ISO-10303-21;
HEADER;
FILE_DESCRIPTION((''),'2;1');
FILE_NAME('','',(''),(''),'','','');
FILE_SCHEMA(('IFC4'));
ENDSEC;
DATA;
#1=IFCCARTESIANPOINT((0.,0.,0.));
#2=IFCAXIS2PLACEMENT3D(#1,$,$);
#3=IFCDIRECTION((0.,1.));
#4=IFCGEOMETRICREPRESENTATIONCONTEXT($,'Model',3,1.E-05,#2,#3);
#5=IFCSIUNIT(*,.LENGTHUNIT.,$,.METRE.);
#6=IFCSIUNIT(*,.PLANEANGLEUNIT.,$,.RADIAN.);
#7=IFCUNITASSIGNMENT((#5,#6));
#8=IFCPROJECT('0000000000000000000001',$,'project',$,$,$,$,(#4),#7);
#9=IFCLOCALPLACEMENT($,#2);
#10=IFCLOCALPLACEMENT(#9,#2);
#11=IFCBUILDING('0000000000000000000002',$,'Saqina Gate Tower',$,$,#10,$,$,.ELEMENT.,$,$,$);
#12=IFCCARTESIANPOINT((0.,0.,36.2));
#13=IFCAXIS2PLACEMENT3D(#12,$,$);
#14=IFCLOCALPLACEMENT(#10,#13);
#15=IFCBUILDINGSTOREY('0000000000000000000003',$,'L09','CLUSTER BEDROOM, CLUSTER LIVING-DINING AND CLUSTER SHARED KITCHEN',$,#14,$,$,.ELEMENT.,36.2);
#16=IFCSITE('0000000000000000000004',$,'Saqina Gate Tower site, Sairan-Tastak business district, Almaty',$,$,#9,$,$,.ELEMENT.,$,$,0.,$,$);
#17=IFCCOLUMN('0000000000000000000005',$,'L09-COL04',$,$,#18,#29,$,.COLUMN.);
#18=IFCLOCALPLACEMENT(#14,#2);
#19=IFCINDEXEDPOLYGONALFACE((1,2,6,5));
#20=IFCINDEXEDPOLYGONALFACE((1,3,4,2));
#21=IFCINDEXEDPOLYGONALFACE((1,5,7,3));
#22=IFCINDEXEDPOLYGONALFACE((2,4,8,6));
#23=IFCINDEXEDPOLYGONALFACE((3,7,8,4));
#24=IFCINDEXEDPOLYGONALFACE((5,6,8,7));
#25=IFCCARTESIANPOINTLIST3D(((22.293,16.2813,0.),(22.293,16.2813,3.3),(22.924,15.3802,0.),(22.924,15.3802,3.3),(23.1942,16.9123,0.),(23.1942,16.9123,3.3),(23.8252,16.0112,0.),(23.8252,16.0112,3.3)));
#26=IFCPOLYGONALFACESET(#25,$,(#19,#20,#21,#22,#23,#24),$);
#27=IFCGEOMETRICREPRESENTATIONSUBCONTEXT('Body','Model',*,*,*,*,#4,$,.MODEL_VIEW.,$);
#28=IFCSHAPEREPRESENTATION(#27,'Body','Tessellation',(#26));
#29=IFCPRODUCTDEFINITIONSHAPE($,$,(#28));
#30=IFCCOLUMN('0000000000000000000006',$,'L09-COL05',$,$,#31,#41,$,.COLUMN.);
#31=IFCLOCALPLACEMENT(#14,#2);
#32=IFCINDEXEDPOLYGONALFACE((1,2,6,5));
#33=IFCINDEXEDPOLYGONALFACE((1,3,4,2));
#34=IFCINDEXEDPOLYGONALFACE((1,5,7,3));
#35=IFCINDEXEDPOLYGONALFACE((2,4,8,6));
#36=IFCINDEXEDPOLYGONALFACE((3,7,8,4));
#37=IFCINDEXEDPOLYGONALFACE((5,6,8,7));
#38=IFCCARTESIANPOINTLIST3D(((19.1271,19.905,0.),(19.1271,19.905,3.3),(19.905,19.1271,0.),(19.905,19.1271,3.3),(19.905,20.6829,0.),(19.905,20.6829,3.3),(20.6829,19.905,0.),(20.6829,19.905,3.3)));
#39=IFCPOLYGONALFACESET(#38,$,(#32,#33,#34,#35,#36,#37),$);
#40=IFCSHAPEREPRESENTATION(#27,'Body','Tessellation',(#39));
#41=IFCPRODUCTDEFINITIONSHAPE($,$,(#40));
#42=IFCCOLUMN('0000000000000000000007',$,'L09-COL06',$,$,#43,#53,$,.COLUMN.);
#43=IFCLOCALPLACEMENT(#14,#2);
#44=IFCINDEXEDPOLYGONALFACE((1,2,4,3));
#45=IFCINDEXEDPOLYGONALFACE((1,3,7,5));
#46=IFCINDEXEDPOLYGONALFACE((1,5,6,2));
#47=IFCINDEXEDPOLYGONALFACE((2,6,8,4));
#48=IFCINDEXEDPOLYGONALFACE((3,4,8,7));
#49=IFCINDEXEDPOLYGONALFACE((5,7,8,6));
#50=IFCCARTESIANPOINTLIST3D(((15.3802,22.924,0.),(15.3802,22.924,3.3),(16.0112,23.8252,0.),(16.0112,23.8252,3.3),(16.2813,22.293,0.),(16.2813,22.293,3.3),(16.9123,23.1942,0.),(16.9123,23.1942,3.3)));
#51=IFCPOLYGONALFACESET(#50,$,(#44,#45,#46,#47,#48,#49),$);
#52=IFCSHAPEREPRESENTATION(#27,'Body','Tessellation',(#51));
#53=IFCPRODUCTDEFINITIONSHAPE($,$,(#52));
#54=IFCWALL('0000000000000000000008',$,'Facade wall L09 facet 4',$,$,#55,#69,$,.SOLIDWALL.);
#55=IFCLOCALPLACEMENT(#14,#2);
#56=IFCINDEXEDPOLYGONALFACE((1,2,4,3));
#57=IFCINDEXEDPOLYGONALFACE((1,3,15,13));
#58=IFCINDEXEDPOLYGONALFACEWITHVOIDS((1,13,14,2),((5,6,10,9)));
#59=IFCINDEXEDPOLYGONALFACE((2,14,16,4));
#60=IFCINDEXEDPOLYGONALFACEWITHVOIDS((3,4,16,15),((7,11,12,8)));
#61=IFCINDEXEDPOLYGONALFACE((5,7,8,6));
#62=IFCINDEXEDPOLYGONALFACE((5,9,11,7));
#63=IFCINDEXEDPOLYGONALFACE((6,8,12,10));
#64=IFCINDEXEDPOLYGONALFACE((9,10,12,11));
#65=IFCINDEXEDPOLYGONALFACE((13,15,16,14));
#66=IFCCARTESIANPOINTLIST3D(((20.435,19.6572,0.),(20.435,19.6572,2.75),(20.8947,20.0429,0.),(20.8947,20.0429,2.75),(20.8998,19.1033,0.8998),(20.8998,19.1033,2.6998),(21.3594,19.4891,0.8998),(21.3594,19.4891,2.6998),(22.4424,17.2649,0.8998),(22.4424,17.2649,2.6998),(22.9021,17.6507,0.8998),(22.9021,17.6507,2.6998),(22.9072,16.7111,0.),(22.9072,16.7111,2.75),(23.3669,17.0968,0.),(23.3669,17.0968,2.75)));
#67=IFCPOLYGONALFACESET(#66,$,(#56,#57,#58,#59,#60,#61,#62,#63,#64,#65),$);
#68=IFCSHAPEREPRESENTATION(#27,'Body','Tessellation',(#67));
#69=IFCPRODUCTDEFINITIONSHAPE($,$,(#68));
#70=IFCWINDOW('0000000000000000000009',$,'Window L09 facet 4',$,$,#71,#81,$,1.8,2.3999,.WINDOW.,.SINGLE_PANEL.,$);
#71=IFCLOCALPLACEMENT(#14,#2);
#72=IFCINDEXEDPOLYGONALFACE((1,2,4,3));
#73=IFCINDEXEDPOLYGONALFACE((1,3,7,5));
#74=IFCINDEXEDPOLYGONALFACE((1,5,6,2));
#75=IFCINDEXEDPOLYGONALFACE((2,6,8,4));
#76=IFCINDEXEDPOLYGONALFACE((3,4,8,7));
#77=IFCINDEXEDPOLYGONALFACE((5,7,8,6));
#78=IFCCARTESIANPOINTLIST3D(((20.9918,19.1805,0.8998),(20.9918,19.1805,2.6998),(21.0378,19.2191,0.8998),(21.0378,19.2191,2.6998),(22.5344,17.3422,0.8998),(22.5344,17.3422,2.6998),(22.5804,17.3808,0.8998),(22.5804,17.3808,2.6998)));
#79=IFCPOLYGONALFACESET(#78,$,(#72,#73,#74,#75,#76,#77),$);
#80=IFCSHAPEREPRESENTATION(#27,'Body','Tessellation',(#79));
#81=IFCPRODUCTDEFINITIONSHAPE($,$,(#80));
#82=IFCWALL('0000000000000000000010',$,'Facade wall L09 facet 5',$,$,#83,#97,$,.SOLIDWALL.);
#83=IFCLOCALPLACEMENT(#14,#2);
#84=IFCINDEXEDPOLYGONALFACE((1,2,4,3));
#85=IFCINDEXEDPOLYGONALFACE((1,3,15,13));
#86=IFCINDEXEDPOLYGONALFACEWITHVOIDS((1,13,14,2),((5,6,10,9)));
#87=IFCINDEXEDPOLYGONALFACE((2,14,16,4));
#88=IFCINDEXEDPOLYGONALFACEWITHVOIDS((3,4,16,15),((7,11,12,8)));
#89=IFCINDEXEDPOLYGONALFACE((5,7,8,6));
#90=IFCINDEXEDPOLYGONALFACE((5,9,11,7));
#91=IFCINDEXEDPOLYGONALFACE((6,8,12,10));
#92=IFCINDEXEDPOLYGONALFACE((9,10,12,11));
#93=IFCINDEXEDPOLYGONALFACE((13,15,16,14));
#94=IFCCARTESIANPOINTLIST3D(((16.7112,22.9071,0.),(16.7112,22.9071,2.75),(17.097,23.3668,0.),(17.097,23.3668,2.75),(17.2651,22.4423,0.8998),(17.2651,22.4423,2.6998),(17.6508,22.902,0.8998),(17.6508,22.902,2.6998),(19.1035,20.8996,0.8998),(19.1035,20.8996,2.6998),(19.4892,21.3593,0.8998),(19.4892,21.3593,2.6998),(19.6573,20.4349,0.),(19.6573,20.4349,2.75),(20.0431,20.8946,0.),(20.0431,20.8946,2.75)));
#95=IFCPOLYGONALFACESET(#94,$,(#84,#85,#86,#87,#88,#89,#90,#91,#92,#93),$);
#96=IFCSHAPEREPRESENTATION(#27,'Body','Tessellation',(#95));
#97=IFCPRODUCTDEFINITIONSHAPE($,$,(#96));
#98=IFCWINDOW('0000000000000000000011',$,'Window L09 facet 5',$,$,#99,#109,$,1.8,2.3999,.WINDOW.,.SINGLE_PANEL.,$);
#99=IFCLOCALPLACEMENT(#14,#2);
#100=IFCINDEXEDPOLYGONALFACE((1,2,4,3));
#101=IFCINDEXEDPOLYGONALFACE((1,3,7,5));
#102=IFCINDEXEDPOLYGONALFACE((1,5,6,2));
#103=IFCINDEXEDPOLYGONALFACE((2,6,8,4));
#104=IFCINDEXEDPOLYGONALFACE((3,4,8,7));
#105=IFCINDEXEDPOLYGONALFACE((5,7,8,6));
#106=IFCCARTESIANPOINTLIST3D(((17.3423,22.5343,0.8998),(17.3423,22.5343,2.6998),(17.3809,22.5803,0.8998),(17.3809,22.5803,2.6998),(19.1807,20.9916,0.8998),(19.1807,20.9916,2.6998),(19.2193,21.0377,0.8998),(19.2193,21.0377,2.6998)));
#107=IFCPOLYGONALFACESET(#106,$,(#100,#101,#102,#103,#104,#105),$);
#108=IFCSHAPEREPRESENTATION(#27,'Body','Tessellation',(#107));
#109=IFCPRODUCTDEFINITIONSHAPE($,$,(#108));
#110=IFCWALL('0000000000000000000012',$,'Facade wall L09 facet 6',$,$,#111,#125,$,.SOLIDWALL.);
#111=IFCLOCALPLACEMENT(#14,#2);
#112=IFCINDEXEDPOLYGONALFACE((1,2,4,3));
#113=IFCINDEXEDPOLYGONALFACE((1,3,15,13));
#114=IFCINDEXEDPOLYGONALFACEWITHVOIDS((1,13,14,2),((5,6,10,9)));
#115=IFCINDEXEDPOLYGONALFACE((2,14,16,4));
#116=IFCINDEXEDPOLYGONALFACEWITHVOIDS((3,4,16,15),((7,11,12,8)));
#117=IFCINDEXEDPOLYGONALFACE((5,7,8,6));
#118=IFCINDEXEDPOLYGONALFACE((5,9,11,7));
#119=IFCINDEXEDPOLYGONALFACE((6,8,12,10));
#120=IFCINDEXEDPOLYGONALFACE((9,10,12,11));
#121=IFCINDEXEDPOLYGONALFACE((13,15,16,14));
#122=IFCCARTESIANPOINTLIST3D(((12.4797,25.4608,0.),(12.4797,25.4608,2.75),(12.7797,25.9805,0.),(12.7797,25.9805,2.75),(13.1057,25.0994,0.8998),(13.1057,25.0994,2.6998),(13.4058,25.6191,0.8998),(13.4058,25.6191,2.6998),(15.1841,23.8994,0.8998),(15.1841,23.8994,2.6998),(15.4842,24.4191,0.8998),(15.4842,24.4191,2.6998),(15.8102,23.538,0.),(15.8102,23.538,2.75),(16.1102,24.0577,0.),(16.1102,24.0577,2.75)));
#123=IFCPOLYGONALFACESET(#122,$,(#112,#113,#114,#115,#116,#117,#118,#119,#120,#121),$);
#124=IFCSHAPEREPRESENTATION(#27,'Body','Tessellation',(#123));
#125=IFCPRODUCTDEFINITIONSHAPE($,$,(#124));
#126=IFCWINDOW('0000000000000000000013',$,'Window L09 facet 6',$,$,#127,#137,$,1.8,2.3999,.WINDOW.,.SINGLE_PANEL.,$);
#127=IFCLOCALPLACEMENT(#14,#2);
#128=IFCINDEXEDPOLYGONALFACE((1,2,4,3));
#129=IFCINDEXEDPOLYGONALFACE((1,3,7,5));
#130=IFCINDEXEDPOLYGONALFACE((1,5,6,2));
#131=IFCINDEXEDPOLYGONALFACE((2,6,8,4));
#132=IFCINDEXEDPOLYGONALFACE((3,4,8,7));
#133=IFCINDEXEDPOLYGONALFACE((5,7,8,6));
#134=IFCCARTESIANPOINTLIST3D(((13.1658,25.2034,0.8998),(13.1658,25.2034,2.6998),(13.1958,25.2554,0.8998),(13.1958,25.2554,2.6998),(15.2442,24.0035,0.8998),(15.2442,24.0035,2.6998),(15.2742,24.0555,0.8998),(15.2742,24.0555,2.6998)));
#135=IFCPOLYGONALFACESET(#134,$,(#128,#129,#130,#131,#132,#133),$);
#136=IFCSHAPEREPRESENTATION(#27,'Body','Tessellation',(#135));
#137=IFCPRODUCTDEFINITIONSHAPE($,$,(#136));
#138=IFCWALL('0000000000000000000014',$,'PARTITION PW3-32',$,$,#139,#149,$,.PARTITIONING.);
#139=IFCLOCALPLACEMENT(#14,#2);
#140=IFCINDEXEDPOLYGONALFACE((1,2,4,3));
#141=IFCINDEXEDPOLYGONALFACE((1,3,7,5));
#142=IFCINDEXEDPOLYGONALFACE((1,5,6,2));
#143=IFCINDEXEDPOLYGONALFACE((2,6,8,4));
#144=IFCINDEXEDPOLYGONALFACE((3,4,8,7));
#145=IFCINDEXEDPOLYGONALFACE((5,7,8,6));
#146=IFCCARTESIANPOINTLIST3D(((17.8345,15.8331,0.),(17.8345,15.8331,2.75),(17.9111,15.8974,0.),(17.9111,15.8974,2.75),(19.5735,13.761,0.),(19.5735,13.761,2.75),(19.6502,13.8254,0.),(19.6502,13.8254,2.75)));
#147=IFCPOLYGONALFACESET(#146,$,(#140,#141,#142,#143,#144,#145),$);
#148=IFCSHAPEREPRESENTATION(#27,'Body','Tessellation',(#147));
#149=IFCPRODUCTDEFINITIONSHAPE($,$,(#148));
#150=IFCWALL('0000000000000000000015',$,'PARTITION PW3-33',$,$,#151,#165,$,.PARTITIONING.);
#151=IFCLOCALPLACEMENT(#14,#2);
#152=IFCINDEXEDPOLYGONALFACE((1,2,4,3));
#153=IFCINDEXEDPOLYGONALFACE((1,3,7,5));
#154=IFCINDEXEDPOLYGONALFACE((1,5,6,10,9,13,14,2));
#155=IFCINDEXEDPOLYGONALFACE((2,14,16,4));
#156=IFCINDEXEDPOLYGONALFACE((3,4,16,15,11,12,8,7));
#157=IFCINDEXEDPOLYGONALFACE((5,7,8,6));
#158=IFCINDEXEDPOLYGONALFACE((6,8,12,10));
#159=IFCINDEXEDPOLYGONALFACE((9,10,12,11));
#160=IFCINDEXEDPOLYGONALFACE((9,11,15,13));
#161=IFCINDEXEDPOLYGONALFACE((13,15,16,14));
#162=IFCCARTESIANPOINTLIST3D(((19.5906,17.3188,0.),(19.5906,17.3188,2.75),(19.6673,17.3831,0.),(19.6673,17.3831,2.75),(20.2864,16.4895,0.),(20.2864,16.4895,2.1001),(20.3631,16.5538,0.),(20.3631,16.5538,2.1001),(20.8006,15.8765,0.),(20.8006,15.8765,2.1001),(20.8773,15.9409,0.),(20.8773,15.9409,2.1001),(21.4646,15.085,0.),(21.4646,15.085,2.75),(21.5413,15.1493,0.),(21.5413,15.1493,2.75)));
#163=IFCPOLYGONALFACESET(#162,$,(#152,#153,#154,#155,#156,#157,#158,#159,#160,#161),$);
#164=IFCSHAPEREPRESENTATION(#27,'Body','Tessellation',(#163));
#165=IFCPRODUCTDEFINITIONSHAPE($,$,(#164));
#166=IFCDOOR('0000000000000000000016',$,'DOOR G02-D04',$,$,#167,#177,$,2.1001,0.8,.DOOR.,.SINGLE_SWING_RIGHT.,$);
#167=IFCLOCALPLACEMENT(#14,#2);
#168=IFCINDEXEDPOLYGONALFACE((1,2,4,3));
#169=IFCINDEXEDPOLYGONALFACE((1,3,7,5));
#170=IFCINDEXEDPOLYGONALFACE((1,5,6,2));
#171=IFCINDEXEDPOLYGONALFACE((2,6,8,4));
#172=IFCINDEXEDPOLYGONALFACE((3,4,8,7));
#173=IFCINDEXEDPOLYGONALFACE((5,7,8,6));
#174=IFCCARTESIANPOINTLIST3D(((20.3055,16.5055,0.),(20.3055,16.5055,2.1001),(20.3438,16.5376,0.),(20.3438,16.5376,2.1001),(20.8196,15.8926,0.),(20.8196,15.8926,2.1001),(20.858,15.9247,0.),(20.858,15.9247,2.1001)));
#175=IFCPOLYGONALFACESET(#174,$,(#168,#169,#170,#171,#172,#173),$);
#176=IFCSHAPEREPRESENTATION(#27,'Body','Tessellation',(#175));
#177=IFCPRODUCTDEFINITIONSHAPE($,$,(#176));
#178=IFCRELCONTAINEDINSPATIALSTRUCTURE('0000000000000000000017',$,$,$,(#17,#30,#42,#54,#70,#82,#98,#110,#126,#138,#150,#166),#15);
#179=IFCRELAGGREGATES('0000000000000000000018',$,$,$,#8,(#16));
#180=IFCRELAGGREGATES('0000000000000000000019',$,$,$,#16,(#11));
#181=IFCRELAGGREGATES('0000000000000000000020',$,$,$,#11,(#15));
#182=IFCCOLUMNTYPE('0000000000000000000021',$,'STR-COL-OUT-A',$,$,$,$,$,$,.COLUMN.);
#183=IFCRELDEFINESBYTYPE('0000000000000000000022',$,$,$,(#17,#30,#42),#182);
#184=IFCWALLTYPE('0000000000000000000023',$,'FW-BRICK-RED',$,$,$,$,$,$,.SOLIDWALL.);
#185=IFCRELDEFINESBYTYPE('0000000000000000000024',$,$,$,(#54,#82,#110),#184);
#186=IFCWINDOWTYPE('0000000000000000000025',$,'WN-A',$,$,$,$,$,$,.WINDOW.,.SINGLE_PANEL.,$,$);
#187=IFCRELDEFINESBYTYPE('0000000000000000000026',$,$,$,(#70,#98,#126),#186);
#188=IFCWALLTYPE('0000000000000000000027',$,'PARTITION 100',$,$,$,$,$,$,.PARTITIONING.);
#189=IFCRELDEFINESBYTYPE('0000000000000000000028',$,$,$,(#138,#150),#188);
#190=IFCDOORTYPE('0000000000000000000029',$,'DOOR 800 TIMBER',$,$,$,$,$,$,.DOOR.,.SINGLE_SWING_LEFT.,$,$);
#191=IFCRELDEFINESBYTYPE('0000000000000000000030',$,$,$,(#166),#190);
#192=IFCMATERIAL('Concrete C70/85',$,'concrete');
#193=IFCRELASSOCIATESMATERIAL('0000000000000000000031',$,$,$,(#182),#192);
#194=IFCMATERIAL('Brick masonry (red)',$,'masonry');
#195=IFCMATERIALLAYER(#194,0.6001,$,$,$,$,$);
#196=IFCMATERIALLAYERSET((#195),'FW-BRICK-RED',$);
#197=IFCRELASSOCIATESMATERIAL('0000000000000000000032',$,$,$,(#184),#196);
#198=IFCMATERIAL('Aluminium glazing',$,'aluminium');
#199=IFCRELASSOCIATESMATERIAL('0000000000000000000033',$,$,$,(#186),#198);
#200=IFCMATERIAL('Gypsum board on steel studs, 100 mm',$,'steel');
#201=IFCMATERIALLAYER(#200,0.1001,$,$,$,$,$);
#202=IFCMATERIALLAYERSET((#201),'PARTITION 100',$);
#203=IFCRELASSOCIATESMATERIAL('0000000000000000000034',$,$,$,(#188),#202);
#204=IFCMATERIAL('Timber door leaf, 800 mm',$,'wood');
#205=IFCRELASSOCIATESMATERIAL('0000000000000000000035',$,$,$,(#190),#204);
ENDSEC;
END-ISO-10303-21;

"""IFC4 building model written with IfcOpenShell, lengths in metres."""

from ifc_helpers import new_model, si_unit, direction, frame, frame_2d, origin, origin_2d, place, context, subcontext, project, spatial, rectangle, extrude, material, layer, layer_set, material_profile, profile_set, type_object, element, fill, save


model = new_model("IFC4")

# Units and contexts
model_context = context("Model", 3, precision=1e-05, world=origin(), true_north=direction((0.0, 1.0)))
body_context = subcontext(model_context, "Body", "Model", "MODEL_VIEW")
ifc_project = project(units=[si_unit("LENGTHUNIT", "METRE"), si_unit("PLANEANGLEUNIT", "RADIAN")], contexts=[model_context])

# Site, building, storey
site_placement = place(None, origin())
site = spatial("IfcSite", under=ifc_project, at=site_placement, Name="Saqina Gate Tower site, Sairan-Tastak business district, Almaty", CompositionType="ELEMENT", RefElevation=0.0)
building_placement = place(site_placement, origin())
building = spatial("IfcBuilding", under=site, at=building_placement, Name="Saqina Gate Tower", CompositionType="ELEMENT")
storey_placement = place(building_placement, frame((0.0, 0.0, 36.2)))
storey = spatial("IfcBuildingStorey", under=building, at=storey_placement, Name="L09", Description="CLUSTER BEDROOM, CLUSTER LIVING-DINING AND CLUSTER SHARED KITCHEN", CompositionType="ELEMENT", Elevation=36.2)

# Columns
ifc_material_1 = material(Name="Concrete C70/85", Category="concrete")
ifc_material_profile = material_profile(ifc_material_1, rectangle(XDim=1.1001, YDim=1.1001, at=origin_2d()), Name="RC 1100x1100")
ifc_profile_set = profile_set([ifc_material_profile], Name="Concrete C70/85")
column_type = type_object("IfcColumnType", Name="STR-COL-OUT-A", PredefinedType="COLUMN", material=ifc_profile_set)
for number, where, z_axis, x_axis, name in (
    (1, (23.0591, 16.1462, 0.0), (0.0, 0.0, 1.0), (0.819152, 0.573576, 0.0), "L09-COL04"),
    (2, (19.905, 19.905, 0.0), (0.0, 0.0, 1.0), (0.707107, 0.707107, 0.0), "L09-COL05"),
    (3, (16.1462, 23.0591, 0.0), (0.0, 0.0, 1.0), (0.573576, 0.819152, 0.0), "L09-COL06"),
):
    element("IfcColumn", number, at=place(storey_placement, frame(where, z_axis=z_axis, x_axis=x_axis)), inside=storey, type_object=column_type, Name=name, PredefinedType="COLUMN", context=body_context, shape_type="SweptSolid", body=[
        extrude(rectangle(XDim=1.1001, YDim=1.1001, at=origin_2d()), origin(), (0.0, 0.0, 1.0), 3.3),
    ])

# Walls, openings, windows
ifc_material_2 = material(Name="Brick masonry (red)", Category="masonry")
ifc_layer_1 = layer(ifc_material_2, 0.6001)
ifc_layer_set_1 = layer_set([ifc_layer_1], Name="FW-BRICK-RED")
wall_type_1 = type_object("IfcWallType", Name="FW-BRICK-RED", PredefinedType="SOLIDWALL", material=ifc_layer_set_1)
wall_1_placement = place(storey_placement, frame((23.137, 16.9041, 0.0), z_axis=(0.0, 0.0, 1.0), x_axis=(-0.642809, 0.766026, 0.0)))
wall_1 = element("IfcWall", 4, at=wall_1_placement, inside=storey, type_object=wall_type_1, Name="Facade wall L09 facet 4", PredefinedType="SOLIDWALL", context=body_context, shape_type="SweptSolid", body=[
    extrude(rectangle(XDim=3.8459, YDim=0.6001, at=frame_2d((1.9229, 0.0))), origin(), (0.0, 0.0, 1.0), 2.75),
])
opening_1_placement = place(wall_1_placement, frame((0.7229, 0.0, 0.8999)))
opening_1 = element("IfcOpeningElement", 5, at=opening_1_placement, cuts=wall_1, PredefinedType="OPENING", context=body_context, shape_type="SweptSolid", body=[
    extrude(rectangle(XDim=2.3999, YDim=1.8, at=frame_2d((1.2, 0.8999))), frame((0.0, 0.312, 0.0), z_axis=(0.0, -1.0, 0.0), x_axis=(1.0, 0.0, 0.0)), (0.0, 0.0, 1.0), 0.624),
])
ifc_material_3 = material(Name="Aluminium glazing", Category="aluminium")
window_type = type_object("IfcWindowType", Name="WN-A", PartitioningType="SINGLE_PANEL", PredefinedType="WINDOW", material=ifc_material_3)
window_1_placement = place(opening_1_placement, origin())
window_1 = element("IfcWindow", 6, at=window_1_placement, inside=storey, type_object=window_type, Name="Window L09 facet 4", OverallHeight=1.8, OverallWidth=2.3999, PartitioningType="SINGLE_PANEL", PredefinedType="WINDOW", context=body_context, shape_type="SweptSolid", body=[
    extrude(rectangle(XDim=2.3999, YDim=1.8, at=frame_2d((1.2, 0.8999))), frame((0.0, 0.1799, 0.0), z_axis=(0.0, -1.0, 0.0), x_axis=(1.0, 0.0, 0.0)), (0.0, 0.0, 1.0), 0.0601),
])
fill(opening_1, window_1)
wall_2_placement = place(storey_placement, frame((19.8501, 20.6648, 0.0), z_axis=(0.0, 0.0, 1.0), x_axis=(-0.766026, 0.642809, 0.0)))
wall_2 = element("IfcWall", 7, at=wall_2_placement, inside=storey, type_object=wall_type_1, Name="Facade wall L09 facet 5", PredefinedType="SOLIDWALL", context=body_context, shape_type="SweptSolid", body=[
    extrude(rectangle(XDim=3.8459, YDim=0.6001, at=frame_2d((1.9229, 0.0))), origin(), (0.0, 0.0, 1.0), 2.75),
])
opening_2_placement = place(wall_2_placement, frame((0.7229, 0.0, 0.8999)))
opening_2 = element("IfcOpeningElement", 8, at=opening_2_placement, cuts=wall_2, PredefinedType="OPENING", context=body_context, shape_type="SweptSolid", body=[
    extrude(rectangle(XDim=2.3999, YDim=1.8, at=frame_2d((1.2, 0.8999))), frame((0.0, 0.312, 0.0), z_axis=(0.0, -1.0, 0.0), x_axis=(1.0, 0.0, 0.0)), (0.0, 0.0, 1.0), 0.624),
])
window_2_placement = place(opening_2_placement, origin())
window_2 = element("IfcWindow", 9, at=window_2_placement, inside=storey, type_object=window_type, Name="Window L09 facet 5", OverallHeight=1.8, OverallWidth=2.3999, PartitioningType="SINGLE_PANEL", PredefinedType="WINDOW", context=body_context, shape_type="SweptSolid", body=[
    extrude(rectangle(XDim=2.3999, YDim=1.8, at=frame_2d((1.2, 0.8999))), frame((0.0, 0.1799, 0.0), z_axis=(0.0, -1.0, 0.0), x_axis=(1.0, 0.0, 0.0)), (0.0, 0.0, 1.0), 0.0601),
])
fill(opening_2, window_2)
wall_3_placement = place(storey_placement, frame((15.9602, 23.7979, 0.0), z_axis=(0.0, 0.0, 1.0), x_axis=(-0.866031, 0.49999, 0.0)))
wall_3 = element("IfcWall", 10, at=wall_3_placement, inside=storey, type_object=wall_type_1, Name="Facade wall L09 facet 6", PredefinedType="SOLIDWALL", context=body_context, shape_type="SweptSolid", body=[
    extrude(rectangle(XDim=3.8457, YDim=0.6001, at=frame_2d((1.9229, 0.0))), origin(), (0.0, 0.0, 1.0), 2.75),
])
opening_3_placement = place(wall_3_placement, frame((0.7229, 0.0, 0.8999)))
opening_3 = element("IfcOpeningElement", 11, at=opening_3_placement, cuts=wall_3, PredefinedType="OPENING", context=body_context, shape_type="SweptSolid", body=[
    extrude(rectangle(XDim=2.3999, YDim=1.8, at=frame_2d((1.2, 0.8999))), frame((0.0, 0.312, 0.0), z_axis=(0.0, -1.0, 0.0), x_axis=(1.0, 0.0, 0.0)), (0.0, 0.0, 1.0), 0.624),
])
window_3_placement = place(opening_3_placement, origin())
window_3 = element("IfcWindow", 12, at=window_3_placement, inside=storey, type_object=window_type, Name="Window L09 facet 6", OverallHeight=1.8, OverallWidth=2.3999, PartitioningType="SINGLE_PANEL", PredefinedType="WINDOW", context=body_context, shape_type="SweptSolid", body=[
    extrude(rectangle(XDim=2.3999, YDim=1.8, at=frame_2d((1.2, 0.8999))), frame((0.0, 0.1799, 0.0), z_axis=(0.0, -1.0, 0.0), x_axis=(1.0, 0.0, 0.0)), (0.0, 0.0, 1.0), 0.0601),
])
fill(opening_3, window_3)

# Wall
ifc_material_4 = material(Name="Gypsum board on steel studs, 100 mm", Category="steel")
ifc_layer_2 = layer(ifc_material_4, 0.1001)
ifc_layer_set_2 = layer_set([ifc_layer_2], Name="PARTITION 100")
wall_type_2 = type_object("IfcWallType", Name="PARTITION 100", PredefinedType="PARTITIONING", material=ifc_layer_set_2)
wall_4_placement = place(storey_placement, frame((17.8728, 15.8652, 0.0), z_axis=(0.0, 0.0, 1.0), x_axis=(0.64287, -0.765975, 0.0)))
element("IfcWall", 13, at=wall_4_placement, inside=storey, type_object=wall_type_2, Name="PARTITION PW3-32", PredefinedType="PARTITIONING", context=body_context, shape_type="SweptSolid", body=[
    extrude(rectangle(XDim=2.7051, YDim=0.1001, at=frame_2d((1.3525, 0.0))), origin(), (0.0, 0.0, 1.0), 2.75),
])

# Wall, opening, door
wall_5_placement = place(storey_placement, frame((19.6289, 17.3511, 0.0), z_axis=(0.0, 0.0, 1.0), x_axis=(0.642701, -0.766117, 0.0)))
wall_5 = element("IfcWall", 14, at=wall_5_placement, inside=storey, type_object=wall_type_2, Name="PARTITION PW3-33", PredefinedType="PARTITIONING", context=body_context, shape_type="SweptSolid", body=[
    extrude(rectangle(XDim=2.9158, YDim=0.1001, at=frame_2d((1.458, 0.0))), origin(), (0.0, 0.0, 1.0), 2.75),
])
opening_4_placement = place(wall_5_placement, frame((1.0828, 0.0, 0.0)))
opening_4 = element("IfcOpeningElement", 15, at=opening_4_placement, cuts=wall_5, PredefinedType="OPENING", context=body_context, shape_type="SweptSolid", body=[
    extrude(rectangle(XDim=0.8, YDim=2.1001, at=frame_2d((0.3999, 1.05))), frame((0.0, 0.062, 0.0), z_axis=(0.0, -1.0, 0.0), x_axis=(1.0, 0.0, 0.0)), (0.0, 0.0, 1.0), 0.124),
])
ifc_material_5 = material(Name="Timber door leaf, 800 mm", Category="wood")
door_type_1 = type_object("IfcDoorType", Name="DOOR 800 TIMBER", OperationType="SINGLE_SWING_LEFT", PredefinedType="DOOR", material=ifc_material_5)
door_1_placement = place(opening_4_placement, origin())
door_1 = element("IfcDoor", 16, at=door_1_placement, inside=storey, type_object=door_type_1, Name="DOOR G02-D04", OperationType="SINGLE_SWING_RIGHT", OverallHeight=2.1001, OverallWidth=0.8, PredefinedType="DOOR", context=body_context, shape_type="SweptSolid", body=[
    extrude(rectangle(XDim=0.8, YDim=2.1001, at=frame_2d((0.3999, 1.05))), frame((0.0, 0.0249, 0.0), z_axis=(0.0, -1.0, 0.0), x_axis=(1.0, 0.0, 0.0)), (0.0, 0.0, 1.0), 0.05),
])
fill(opening_4, door_1)

save(model, "model.ifc")
